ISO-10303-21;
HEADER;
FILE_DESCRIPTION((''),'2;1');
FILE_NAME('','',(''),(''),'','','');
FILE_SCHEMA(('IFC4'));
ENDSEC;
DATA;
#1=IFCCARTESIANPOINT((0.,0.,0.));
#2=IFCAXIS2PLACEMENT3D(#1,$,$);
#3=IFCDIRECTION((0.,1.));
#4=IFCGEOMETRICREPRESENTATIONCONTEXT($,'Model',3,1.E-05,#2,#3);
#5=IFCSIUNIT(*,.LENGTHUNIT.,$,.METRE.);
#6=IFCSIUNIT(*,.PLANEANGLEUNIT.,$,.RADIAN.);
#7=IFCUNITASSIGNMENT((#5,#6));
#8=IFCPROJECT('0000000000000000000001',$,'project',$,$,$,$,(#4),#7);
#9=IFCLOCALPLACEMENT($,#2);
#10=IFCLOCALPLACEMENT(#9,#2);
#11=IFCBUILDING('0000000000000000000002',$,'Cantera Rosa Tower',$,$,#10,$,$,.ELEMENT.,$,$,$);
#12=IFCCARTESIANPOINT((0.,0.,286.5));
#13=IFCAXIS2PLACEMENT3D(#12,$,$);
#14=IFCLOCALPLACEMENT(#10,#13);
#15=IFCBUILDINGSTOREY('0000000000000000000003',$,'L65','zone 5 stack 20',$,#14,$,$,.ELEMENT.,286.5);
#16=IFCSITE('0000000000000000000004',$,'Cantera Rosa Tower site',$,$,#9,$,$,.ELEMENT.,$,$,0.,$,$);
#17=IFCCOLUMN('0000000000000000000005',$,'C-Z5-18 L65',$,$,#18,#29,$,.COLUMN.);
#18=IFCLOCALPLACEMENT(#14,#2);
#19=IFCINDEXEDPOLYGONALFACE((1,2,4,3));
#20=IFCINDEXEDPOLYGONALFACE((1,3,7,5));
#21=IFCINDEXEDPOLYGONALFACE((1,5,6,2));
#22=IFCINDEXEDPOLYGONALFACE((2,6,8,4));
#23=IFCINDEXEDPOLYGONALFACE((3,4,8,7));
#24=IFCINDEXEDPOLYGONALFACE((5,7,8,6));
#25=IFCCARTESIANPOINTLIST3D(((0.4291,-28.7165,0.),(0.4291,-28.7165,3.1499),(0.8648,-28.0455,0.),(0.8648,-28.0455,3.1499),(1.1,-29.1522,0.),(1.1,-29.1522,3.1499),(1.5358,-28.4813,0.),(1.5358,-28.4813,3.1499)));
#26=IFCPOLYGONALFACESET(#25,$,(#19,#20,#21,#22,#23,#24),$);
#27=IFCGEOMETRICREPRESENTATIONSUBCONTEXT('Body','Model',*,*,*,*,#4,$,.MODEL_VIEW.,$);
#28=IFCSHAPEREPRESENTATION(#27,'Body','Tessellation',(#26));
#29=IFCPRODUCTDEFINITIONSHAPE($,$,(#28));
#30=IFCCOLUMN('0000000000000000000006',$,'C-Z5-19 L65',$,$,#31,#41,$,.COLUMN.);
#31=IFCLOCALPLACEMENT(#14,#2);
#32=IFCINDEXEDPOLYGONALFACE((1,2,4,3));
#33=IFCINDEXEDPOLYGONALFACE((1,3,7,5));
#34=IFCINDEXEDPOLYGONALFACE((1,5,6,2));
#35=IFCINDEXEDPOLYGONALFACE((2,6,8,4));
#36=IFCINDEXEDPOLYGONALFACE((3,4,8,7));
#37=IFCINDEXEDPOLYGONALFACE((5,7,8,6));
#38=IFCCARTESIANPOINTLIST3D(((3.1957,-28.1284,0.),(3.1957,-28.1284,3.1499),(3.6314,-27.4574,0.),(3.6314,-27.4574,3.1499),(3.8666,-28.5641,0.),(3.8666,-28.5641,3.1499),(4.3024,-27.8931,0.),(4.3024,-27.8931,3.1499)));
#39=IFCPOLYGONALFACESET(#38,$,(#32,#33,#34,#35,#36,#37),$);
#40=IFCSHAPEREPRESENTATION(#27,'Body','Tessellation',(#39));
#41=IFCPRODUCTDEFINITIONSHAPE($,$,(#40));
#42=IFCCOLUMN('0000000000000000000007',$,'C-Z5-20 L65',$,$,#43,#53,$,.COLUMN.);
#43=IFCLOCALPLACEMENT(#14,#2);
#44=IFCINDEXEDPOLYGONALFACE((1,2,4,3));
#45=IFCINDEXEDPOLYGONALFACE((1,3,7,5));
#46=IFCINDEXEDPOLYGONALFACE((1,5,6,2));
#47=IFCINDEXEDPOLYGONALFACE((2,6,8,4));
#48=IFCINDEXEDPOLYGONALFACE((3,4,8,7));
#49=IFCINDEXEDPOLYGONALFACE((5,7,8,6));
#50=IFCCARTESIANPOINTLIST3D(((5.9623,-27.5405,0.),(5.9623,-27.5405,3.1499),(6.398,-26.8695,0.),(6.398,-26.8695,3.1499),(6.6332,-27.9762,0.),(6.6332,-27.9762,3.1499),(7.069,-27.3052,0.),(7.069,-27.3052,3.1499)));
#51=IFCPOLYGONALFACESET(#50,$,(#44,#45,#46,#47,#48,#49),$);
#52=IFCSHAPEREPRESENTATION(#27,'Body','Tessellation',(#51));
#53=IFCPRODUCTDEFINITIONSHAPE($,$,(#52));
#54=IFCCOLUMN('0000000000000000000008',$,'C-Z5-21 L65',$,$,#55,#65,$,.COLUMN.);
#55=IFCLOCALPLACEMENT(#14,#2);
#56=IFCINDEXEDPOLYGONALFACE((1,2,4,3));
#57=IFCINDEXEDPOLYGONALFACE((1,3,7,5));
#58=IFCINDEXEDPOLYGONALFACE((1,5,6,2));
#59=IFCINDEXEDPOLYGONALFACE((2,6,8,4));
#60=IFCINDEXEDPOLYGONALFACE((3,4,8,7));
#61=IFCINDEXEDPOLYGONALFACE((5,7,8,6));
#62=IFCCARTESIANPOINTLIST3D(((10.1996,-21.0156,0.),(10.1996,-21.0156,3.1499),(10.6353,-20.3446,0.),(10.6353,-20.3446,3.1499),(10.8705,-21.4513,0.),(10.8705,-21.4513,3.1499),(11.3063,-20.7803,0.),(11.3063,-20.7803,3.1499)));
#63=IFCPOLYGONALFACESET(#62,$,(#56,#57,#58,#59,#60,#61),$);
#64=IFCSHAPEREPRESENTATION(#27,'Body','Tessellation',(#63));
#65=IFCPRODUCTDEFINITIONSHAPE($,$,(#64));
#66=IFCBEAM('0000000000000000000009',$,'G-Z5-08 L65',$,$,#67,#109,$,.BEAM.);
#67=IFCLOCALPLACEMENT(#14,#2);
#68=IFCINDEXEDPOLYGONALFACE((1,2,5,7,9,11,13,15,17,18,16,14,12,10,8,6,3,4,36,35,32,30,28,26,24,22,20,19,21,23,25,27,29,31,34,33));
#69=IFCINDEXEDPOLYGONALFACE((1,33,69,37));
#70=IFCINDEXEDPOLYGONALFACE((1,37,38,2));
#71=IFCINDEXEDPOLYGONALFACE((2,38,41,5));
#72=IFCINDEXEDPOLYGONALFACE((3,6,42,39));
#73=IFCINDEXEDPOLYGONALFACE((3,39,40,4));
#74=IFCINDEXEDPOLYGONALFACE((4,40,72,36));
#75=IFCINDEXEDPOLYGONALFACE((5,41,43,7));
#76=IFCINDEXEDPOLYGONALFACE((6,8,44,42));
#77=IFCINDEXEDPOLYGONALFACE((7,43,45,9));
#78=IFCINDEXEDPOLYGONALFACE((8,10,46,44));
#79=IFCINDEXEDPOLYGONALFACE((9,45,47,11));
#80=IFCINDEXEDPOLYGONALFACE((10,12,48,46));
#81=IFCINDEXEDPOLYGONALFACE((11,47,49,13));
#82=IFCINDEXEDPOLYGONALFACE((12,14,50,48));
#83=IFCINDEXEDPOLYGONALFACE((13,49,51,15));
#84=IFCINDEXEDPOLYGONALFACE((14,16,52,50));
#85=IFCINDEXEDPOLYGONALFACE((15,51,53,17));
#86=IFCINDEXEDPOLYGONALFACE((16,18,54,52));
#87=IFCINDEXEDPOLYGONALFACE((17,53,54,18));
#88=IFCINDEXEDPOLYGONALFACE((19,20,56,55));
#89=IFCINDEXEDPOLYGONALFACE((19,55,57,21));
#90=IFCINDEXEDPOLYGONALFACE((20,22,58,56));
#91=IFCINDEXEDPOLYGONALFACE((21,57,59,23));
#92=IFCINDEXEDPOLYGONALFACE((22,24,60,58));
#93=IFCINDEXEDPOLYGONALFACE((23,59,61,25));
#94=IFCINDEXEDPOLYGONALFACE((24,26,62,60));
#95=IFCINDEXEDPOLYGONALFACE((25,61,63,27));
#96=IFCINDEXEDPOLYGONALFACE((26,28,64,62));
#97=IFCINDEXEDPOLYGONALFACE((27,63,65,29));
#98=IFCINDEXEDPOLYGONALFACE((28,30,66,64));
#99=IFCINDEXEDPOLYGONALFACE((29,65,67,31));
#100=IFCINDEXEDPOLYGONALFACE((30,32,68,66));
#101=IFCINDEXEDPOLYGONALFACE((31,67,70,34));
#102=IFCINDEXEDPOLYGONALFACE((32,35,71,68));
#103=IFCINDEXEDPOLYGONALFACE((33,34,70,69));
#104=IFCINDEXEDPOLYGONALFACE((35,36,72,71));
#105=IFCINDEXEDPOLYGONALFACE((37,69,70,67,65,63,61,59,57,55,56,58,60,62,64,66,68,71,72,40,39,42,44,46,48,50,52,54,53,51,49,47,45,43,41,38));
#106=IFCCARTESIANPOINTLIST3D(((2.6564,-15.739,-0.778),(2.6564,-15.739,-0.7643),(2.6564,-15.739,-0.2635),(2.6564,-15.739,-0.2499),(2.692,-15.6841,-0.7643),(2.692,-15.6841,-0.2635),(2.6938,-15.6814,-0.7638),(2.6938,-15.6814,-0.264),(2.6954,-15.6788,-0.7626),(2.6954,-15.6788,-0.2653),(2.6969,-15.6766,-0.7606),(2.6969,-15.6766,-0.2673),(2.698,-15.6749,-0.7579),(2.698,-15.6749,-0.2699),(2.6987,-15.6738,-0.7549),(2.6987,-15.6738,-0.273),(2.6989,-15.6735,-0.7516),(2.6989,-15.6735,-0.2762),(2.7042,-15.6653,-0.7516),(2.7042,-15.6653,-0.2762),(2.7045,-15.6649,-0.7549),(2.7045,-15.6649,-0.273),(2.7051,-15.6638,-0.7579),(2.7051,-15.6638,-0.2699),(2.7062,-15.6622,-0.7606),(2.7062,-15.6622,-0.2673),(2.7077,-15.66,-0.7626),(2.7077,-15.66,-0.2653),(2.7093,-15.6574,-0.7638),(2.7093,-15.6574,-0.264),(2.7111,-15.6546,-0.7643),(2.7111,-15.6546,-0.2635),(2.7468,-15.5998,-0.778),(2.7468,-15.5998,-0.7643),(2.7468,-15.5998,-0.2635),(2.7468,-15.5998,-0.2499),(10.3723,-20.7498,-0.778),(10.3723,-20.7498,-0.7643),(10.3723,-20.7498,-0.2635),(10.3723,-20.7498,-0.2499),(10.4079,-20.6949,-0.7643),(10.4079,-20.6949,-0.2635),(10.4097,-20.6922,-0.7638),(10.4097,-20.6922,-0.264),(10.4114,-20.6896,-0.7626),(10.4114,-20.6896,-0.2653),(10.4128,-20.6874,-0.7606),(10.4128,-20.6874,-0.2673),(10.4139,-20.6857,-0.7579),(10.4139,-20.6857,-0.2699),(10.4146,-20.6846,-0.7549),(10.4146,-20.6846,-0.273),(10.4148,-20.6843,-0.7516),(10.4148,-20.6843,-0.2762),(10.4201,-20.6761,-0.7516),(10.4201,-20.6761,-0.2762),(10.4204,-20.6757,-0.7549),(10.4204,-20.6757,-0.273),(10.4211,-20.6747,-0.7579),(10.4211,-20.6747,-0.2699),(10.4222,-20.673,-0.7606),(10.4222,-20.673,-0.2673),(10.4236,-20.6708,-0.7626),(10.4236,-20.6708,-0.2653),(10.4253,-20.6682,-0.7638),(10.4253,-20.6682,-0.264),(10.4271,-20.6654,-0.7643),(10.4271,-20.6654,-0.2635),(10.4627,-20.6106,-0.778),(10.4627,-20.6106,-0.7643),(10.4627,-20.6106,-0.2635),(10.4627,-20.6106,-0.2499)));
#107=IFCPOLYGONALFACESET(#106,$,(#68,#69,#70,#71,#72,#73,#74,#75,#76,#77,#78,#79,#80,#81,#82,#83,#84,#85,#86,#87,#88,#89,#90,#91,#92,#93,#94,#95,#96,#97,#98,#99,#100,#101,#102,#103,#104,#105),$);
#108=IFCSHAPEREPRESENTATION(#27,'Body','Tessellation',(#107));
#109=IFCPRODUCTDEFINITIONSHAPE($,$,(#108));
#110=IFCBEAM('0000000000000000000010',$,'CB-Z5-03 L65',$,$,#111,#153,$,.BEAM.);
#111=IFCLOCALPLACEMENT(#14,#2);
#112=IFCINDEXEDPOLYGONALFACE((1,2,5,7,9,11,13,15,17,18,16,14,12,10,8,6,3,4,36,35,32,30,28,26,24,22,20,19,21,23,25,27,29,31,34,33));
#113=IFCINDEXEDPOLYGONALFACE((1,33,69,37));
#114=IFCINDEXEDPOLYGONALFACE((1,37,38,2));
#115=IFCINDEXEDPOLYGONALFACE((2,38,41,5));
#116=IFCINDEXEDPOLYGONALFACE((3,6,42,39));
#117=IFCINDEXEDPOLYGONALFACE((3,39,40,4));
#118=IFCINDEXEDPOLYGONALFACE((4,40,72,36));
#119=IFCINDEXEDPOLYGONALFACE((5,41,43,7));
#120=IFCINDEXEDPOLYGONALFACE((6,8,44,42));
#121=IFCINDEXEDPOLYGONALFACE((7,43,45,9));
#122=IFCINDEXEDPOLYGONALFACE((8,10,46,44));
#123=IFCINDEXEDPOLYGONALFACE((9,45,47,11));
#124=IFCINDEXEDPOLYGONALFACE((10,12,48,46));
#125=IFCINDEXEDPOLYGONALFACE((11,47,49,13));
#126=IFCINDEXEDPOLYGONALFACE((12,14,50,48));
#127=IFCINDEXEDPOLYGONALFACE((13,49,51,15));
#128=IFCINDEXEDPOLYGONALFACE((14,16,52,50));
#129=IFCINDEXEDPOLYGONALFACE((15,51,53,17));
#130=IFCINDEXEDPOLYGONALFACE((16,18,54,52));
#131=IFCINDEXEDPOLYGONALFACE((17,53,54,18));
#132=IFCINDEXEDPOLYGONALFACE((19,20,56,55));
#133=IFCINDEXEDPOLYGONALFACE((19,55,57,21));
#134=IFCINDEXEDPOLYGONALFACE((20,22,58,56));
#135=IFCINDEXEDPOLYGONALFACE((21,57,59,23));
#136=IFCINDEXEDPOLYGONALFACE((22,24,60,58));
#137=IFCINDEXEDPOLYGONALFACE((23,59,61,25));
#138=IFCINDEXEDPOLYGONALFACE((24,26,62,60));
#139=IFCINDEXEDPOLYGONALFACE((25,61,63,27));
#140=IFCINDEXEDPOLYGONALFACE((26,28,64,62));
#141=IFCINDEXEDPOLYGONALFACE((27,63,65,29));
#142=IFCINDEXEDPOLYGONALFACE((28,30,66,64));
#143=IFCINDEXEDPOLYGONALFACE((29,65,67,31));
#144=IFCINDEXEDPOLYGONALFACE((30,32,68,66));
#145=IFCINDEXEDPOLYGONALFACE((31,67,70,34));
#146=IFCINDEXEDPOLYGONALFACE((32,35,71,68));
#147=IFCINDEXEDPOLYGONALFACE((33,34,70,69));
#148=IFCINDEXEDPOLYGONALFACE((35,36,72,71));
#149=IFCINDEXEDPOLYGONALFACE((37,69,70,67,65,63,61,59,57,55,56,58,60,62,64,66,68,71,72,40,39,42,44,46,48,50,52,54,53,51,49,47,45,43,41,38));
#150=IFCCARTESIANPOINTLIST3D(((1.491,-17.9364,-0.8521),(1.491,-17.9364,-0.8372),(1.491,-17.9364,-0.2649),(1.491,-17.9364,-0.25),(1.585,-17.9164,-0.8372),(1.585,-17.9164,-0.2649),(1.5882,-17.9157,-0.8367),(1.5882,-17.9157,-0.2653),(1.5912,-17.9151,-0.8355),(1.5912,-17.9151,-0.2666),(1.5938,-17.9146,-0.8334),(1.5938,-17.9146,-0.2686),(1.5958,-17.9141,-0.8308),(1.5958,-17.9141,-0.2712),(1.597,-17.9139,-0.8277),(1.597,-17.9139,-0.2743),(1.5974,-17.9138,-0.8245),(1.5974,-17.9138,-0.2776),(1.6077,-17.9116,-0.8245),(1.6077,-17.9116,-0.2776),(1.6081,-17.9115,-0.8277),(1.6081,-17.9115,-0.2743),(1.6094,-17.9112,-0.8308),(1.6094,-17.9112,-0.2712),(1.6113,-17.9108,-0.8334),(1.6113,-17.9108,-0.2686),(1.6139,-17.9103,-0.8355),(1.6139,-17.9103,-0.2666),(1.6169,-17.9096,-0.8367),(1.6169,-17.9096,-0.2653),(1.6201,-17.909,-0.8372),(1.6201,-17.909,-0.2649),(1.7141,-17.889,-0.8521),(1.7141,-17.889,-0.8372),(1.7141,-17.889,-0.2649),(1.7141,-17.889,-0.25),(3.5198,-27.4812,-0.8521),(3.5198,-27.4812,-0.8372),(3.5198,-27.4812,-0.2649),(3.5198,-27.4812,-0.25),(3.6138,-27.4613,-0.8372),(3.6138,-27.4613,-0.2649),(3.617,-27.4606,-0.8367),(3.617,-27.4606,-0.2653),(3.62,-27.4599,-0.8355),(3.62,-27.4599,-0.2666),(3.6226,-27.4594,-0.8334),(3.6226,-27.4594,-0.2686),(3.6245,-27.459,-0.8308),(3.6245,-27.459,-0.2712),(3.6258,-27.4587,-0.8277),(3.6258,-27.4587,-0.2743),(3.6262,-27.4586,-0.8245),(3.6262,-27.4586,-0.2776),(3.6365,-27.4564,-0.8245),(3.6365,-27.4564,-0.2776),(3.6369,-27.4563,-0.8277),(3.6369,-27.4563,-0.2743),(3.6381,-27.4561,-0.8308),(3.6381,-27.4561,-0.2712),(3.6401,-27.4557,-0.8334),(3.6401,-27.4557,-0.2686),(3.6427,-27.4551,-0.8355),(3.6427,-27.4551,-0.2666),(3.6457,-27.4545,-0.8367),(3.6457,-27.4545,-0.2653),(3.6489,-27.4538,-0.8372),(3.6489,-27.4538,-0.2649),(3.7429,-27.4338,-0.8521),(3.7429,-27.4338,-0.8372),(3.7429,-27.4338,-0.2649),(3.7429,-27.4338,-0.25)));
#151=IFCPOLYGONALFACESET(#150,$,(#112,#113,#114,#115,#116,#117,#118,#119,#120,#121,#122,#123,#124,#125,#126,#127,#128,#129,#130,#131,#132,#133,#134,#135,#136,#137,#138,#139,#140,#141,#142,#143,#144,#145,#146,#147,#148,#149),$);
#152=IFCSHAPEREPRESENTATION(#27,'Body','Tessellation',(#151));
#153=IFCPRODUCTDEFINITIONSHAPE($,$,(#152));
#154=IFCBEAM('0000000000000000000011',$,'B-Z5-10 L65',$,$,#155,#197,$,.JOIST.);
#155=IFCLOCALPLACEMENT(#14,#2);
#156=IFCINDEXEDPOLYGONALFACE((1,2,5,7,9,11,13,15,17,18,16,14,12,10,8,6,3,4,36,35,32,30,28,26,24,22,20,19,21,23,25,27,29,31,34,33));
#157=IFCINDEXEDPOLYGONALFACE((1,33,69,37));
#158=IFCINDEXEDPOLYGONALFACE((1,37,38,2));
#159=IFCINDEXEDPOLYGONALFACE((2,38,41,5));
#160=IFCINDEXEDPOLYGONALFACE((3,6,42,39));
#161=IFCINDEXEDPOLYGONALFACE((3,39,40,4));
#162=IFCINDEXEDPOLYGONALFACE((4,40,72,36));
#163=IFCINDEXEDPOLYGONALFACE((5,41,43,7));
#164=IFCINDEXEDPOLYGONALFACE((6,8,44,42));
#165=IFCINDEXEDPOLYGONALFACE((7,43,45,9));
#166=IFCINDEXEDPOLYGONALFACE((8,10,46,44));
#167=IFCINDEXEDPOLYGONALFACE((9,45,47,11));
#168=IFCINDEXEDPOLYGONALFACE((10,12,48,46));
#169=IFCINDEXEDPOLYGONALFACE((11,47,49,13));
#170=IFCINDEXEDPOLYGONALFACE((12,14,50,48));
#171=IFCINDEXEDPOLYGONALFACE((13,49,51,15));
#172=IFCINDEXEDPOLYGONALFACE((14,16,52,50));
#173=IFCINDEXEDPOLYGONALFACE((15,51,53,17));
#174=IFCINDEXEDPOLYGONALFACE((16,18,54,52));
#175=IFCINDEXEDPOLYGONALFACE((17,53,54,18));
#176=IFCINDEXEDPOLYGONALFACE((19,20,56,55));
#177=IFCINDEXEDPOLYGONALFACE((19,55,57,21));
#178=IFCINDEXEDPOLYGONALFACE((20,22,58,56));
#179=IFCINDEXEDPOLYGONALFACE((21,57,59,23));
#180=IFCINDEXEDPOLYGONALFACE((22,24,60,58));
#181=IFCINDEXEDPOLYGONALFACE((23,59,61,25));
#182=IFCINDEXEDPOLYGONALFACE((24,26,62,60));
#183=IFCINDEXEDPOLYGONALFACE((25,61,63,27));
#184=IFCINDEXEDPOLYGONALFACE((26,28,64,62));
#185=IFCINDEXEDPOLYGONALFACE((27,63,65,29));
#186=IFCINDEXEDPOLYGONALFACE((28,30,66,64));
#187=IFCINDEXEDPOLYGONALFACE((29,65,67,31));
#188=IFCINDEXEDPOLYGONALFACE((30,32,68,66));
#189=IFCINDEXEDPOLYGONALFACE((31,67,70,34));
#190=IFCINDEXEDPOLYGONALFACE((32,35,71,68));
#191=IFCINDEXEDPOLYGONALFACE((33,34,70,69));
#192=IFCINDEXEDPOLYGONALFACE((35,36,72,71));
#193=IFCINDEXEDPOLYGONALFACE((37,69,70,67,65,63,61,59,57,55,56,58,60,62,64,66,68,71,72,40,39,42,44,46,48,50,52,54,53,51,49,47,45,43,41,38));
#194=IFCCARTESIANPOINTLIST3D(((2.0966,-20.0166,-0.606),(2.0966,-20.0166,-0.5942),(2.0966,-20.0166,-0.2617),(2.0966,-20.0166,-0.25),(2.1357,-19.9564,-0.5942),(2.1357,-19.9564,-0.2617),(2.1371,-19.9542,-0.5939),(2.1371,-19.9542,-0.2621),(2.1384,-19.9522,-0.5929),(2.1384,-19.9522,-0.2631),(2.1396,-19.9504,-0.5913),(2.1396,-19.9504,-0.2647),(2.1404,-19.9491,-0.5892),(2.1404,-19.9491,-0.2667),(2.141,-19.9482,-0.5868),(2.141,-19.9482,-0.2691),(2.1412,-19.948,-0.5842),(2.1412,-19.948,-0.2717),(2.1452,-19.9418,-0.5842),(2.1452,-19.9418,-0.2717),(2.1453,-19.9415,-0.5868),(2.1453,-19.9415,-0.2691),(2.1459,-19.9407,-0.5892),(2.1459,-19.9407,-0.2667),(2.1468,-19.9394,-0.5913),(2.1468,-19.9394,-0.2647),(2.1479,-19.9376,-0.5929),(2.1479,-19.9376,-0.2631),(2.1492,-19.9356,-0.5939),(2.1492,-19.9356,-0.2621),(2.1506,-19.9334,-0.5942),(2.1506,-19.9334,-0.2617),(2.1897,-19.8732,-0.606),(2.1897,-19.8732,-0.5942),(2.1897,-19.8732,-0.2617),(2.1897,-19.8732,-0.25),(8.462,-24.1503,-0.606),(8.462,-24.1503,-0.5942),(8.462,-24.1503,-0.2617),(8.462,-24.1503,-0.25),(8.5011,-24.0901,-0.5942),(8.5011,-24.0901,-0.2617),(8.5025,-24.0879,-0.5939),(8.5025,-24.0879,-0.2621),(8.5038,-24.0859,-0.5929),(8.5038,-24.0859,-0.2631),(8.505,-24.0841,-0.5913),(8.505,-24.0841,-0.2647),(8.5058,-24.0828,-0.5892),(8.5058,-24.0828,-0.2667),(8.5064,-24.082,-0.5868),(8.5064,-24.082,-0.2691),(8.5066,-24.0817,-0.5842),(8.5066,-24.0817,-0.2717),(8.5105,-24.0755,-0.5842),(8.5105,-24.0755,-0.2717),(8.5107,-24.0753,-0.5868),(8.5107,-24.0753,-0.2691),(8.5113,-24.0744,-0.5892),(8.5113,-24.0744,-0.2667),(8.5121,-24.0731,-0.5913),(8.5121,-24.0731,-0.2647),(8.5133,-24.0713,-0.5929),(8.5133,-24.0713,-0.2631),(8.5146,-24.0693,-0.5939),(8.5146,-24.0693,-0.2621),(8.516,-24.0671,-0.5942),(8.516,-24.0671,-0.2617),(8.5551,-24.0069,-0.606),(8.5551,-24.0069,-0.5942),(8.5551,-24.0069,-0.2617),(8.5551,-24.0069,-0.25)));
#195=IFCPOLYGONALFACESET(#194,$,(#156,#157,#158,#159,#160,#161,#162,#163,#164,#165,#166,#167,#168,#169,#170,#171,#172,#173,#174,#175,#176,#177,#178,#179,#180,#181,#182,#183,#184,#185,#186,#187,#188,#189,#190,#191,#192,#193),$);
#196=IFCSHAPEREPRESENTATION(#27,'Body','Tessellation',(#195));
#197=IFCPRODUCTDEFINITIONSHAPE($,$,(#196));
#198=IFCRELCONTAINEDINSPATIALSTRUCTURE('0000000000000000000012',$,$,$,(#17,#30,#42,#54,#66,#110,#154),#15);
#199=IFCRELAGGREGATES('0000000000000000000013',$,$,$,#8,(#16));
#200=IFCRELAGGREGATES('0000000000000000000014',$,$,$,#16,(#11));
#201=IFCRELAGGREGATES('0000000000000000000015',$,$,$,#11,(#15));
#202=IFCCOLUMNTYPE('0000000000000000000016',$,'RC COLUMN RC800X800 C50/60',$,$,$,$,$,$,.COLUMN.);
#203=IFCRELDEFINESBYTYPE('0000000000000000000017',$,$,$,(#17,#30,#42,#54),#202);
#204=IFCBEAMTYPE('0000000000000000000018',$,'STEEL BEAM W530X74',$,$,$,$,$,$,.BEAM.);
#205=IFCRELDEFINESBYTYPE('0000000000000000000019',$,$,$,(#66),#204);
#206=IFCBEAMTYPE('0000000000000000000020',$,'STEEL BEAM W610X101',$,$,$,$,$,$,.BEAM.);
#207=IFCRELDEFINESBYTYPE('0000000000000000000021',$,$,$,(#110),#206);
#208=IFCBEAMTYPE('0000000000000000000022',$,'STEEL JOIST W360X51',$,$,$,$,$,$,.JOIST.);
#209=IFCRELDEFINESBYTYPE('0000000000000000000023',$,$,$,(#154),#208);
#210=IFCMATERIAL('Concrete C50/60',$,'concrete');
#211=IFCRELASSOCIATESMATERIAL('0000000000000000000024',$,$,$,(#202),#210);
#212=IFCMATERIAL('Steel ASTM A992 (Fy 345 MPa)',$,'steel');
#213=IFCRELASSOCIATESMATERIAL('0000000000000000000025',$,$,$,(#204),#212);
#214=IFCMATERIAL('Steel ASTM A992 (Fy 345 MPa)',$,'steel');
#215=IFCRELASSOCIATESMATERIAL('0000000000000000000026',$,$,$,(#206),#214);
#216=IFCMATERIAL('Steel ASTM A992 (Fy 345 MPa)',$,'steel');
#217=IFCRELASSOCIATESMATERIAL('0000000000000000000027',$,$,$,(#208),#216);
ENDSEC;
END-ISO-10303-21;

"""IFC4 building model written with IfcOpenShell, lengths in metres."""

from ifc_helpers import new_model, si_unit, direction, frame, origin, origin_2d, place, context, subcontext, project, spatial, rectangle, i_section, extrude, material, material_profile, profile_set, type_object, element, save


model = new_model("IFC4")

# Units and contexts
model_context = context("Model", 3, precision=1e-05, world=origin(), true_north=direction((0.0, 1.0)))
body_context = subcontext(model_context, "Body", "Model", "MODEL_VIEW")
ifc_project = project(units=[si_unit("LENGTHUNIT", "METRE"), si_unit("PLANEANGLEUNIT", "RADIAN")], contexts=[model_context])

# Site, building, storey
site_placement = place(None, origin())
site = spatial("IfcSite", under=ifc_project, at=site_placement, Name="Cantera Rosa Tower site", CompositionType="ELEMENT", RefElevation=0.0)
building_placement = place(site_placement, origin())
building = spatial("IfcBuilding", under=site, at=building_placement, Name="Cantera Rosa Tower", CompositionType="ELEMENT")
storey_placement = place(building_placement, frame((0.0, 0.0, 286.5)))
storey = spatial("IfcBuildingStorey", under=building, at=storey_placement, Name="L65", Description="zone 5 stack 20", CompositionType="ELEMENT", Elevation=286.5)

# Columns
ifc_material_1 = material(Name="Concrete C50/60", Category="concrete")
ifc_material_profile_1 = material_profile(ifc_material_1, rectangle(XDim=0.8, YDim=0.8, at=origin_2d()), Name="RC COLUMN RC800X800 C50/60")
ifc_profile_set_1 = profile_set([ifc_material_profile_1], Name="Concrete C50/60")
column_type = type_object("IfcColumnType", Name="RC COLUMN RC800X800 C50/60", PredefinedType="COLUMN", material=ifc_profile_set_1)
for number, where, z_axis, x_axis, name in (
    (1, (0.9824, -28.5989, 0.0), (0.0, 0.0, 1.0), (0.544639, 0.838671, 0.0), "C-Z5-18 L65"),
    (2, (3.749, -28.0107, 0.0), (0.0, 0.0, 1.0), (0.544639, 0.838671, 0.0), "C-Z5-19 L65"),
    (3, (6.5156, -27.4229, 0.0), (0.0, 0.0, 1.0), (0.544639, 0.838671, 0.0), "C-Z5-20 L65"),
    (4, (10.7529, -20.8979, 0.0), (0.0, 0.0, 1.0), (0.544639, 0.838671, 0.0), "C-Z5-21 L65"),
):
    element("IfcColumn", number, at=place(storey_placement, frame(where, z_axis=z_axis, x_axis=x_axis)), inside=storey, type_object=column_type, Name=name, PredefinedType="COLUMN", context=body_context, shape_type="SweptSolid", body=[
        extrude(rectangle(XDim=0.8, YDim=0.8, at=origin_2d()), origin(), (0.0, 0.0, 1.0), 3.1499),
    ])

# Beams
ifc_material_2 = material(Name="Steel ASTM A992 (Fy 345 MPa)", Category="steel")
ifc_material_profile_2 = material_profile(ifc_material_2, i_section(OverallWidth=0.166, OverallDepth=0.5281, WebThickness=0.0098, FlangeThickness=0.0137, FilletRadius=0.0127, at=origin_2d()), Name="W530X74")
ifc_profile_set_2 = profile_set([ifc_material_profile_2], Name="Steel ASTM A992 (Fy 345 MPa)")
beam_type_1 = type_object("IfcBeamType", Name="STEEL BEAM W530X74", PredefinedType="BEAM", material=ifc_profile_set_2)
beam_1_placement = place(storey_placement, frame((10.4175, -20.6802, -0.5139), z_axis=(-0.838669, 0.544641, 0.0), x_axis=(-0.544641, -0.838669, 0.0)))
element("IfcBeam", 5, at=beam_1_placement, inside=storey, type_object=beam_type_1, Name="G-Z5-08 L65", PredefinedType="BEAM", context=body_context, shape_type="SweptSolid", body=[
    extrude(i_section(OverallWidth=0.166, OverallDepth=0.5281, WebThickness=0.0098, FlangeThickness=0.0137, FilletRadius=0.0127, at=origin_2d()), origin(), (0.0, 0.0, 1.0), 9.2002),
])
ifc_material_3 = material(Name="Steel ASTM A992 (Fy 345 MPa)", Category="steel")
ifc_material_profile_3 = material_profile(ifc_material_3, i_section(OverallWidth=0.228, OverallDepth=0.6021, WebThickness=0.0105, FlangeThickness=0.0149, FilletRadius=0.0127, at=origin_2d()), Name="W610X101")
ifc_profile_set_3 = profile_set([ifc_material_profile_3], Name="Steel ASTM A992 (Fy 345 MPa)")
beam_type_2 = type_object("IfcBeamType", Name="STEEL BEAM W610X101", PredefinedType="BEAM", material=ifc_profile_set_3)
beam_2_placement = place(storey_placement, frame((3.6313, -27.4575, -0.551), z_axis=(-0.207909, 0.978148, 0.0), x_axis=(-0.978148, -0.207909, 0.0)))
element("IfcBeam", 6, at=beam_2_placement, inside=storey, type_object=beam_type_2, Name="CB-Z5-03 L65", PredefinedType="BEAM", context=body_context, shape_type="SweptSolid", body=[
    extrude(i_section(OverallWidth=0.228, OverallDepth=0.6021, WebThickness=0.0105, FlangeThickness=0.0149, FilletRadius=0.0127, at=origin_2d()), origin(), (0.0, 0.0, 1.0), 9.7581),
])
ifc_material_4 = material(Name="Steel ASTM A992 (Fy 345 MPa)", Category="steel")
ifc_material_profile_4 = material_profile(ifc_material_4, i_section(OverallWidth=0.1709, OverallDepth=0.356, WebThickness=0.0073, FlangeThickness=0.0117, FilletRadius=0.01, at=origin_2d()), Name="W360X51")
ifc_profile_set_4 = profile_set([ifc_material_profile_4], Name="Steel ASTM A992 (Fy 345 MPa)")
beam_type_3 = type_object("IfcBeamType", Name="STEEL JOIST W360X51", PredefinedType="JOIST", material=ifc_profile_set_4)
beam_3_placement = place(storey_placement, frame((8.5085, -24.0786, -0.428), z_axis=(-0.838671, 0.544639, 0.0), x_axis=(-0.544639, -0.838671, 0.0)))
element("IfcBeam", 7, at=beam_3_placement, inside=storey, type_object=beam_type_3, Name="B-Z5-10 L65", PredefinedType="JOIST", context=body_context, shape_type="SweptSolid", body=[
    extrude(i_section(OverallWidth=0.1709, OverallDepth=0.356, WebThickness=0.0073, FlangeThickness=0.0117, FilletRadius=0.01, at=origin_2d()), origin(), (0.0, 0.0, 1.0), 7.5898),
])

save(model, "model.ifc")
